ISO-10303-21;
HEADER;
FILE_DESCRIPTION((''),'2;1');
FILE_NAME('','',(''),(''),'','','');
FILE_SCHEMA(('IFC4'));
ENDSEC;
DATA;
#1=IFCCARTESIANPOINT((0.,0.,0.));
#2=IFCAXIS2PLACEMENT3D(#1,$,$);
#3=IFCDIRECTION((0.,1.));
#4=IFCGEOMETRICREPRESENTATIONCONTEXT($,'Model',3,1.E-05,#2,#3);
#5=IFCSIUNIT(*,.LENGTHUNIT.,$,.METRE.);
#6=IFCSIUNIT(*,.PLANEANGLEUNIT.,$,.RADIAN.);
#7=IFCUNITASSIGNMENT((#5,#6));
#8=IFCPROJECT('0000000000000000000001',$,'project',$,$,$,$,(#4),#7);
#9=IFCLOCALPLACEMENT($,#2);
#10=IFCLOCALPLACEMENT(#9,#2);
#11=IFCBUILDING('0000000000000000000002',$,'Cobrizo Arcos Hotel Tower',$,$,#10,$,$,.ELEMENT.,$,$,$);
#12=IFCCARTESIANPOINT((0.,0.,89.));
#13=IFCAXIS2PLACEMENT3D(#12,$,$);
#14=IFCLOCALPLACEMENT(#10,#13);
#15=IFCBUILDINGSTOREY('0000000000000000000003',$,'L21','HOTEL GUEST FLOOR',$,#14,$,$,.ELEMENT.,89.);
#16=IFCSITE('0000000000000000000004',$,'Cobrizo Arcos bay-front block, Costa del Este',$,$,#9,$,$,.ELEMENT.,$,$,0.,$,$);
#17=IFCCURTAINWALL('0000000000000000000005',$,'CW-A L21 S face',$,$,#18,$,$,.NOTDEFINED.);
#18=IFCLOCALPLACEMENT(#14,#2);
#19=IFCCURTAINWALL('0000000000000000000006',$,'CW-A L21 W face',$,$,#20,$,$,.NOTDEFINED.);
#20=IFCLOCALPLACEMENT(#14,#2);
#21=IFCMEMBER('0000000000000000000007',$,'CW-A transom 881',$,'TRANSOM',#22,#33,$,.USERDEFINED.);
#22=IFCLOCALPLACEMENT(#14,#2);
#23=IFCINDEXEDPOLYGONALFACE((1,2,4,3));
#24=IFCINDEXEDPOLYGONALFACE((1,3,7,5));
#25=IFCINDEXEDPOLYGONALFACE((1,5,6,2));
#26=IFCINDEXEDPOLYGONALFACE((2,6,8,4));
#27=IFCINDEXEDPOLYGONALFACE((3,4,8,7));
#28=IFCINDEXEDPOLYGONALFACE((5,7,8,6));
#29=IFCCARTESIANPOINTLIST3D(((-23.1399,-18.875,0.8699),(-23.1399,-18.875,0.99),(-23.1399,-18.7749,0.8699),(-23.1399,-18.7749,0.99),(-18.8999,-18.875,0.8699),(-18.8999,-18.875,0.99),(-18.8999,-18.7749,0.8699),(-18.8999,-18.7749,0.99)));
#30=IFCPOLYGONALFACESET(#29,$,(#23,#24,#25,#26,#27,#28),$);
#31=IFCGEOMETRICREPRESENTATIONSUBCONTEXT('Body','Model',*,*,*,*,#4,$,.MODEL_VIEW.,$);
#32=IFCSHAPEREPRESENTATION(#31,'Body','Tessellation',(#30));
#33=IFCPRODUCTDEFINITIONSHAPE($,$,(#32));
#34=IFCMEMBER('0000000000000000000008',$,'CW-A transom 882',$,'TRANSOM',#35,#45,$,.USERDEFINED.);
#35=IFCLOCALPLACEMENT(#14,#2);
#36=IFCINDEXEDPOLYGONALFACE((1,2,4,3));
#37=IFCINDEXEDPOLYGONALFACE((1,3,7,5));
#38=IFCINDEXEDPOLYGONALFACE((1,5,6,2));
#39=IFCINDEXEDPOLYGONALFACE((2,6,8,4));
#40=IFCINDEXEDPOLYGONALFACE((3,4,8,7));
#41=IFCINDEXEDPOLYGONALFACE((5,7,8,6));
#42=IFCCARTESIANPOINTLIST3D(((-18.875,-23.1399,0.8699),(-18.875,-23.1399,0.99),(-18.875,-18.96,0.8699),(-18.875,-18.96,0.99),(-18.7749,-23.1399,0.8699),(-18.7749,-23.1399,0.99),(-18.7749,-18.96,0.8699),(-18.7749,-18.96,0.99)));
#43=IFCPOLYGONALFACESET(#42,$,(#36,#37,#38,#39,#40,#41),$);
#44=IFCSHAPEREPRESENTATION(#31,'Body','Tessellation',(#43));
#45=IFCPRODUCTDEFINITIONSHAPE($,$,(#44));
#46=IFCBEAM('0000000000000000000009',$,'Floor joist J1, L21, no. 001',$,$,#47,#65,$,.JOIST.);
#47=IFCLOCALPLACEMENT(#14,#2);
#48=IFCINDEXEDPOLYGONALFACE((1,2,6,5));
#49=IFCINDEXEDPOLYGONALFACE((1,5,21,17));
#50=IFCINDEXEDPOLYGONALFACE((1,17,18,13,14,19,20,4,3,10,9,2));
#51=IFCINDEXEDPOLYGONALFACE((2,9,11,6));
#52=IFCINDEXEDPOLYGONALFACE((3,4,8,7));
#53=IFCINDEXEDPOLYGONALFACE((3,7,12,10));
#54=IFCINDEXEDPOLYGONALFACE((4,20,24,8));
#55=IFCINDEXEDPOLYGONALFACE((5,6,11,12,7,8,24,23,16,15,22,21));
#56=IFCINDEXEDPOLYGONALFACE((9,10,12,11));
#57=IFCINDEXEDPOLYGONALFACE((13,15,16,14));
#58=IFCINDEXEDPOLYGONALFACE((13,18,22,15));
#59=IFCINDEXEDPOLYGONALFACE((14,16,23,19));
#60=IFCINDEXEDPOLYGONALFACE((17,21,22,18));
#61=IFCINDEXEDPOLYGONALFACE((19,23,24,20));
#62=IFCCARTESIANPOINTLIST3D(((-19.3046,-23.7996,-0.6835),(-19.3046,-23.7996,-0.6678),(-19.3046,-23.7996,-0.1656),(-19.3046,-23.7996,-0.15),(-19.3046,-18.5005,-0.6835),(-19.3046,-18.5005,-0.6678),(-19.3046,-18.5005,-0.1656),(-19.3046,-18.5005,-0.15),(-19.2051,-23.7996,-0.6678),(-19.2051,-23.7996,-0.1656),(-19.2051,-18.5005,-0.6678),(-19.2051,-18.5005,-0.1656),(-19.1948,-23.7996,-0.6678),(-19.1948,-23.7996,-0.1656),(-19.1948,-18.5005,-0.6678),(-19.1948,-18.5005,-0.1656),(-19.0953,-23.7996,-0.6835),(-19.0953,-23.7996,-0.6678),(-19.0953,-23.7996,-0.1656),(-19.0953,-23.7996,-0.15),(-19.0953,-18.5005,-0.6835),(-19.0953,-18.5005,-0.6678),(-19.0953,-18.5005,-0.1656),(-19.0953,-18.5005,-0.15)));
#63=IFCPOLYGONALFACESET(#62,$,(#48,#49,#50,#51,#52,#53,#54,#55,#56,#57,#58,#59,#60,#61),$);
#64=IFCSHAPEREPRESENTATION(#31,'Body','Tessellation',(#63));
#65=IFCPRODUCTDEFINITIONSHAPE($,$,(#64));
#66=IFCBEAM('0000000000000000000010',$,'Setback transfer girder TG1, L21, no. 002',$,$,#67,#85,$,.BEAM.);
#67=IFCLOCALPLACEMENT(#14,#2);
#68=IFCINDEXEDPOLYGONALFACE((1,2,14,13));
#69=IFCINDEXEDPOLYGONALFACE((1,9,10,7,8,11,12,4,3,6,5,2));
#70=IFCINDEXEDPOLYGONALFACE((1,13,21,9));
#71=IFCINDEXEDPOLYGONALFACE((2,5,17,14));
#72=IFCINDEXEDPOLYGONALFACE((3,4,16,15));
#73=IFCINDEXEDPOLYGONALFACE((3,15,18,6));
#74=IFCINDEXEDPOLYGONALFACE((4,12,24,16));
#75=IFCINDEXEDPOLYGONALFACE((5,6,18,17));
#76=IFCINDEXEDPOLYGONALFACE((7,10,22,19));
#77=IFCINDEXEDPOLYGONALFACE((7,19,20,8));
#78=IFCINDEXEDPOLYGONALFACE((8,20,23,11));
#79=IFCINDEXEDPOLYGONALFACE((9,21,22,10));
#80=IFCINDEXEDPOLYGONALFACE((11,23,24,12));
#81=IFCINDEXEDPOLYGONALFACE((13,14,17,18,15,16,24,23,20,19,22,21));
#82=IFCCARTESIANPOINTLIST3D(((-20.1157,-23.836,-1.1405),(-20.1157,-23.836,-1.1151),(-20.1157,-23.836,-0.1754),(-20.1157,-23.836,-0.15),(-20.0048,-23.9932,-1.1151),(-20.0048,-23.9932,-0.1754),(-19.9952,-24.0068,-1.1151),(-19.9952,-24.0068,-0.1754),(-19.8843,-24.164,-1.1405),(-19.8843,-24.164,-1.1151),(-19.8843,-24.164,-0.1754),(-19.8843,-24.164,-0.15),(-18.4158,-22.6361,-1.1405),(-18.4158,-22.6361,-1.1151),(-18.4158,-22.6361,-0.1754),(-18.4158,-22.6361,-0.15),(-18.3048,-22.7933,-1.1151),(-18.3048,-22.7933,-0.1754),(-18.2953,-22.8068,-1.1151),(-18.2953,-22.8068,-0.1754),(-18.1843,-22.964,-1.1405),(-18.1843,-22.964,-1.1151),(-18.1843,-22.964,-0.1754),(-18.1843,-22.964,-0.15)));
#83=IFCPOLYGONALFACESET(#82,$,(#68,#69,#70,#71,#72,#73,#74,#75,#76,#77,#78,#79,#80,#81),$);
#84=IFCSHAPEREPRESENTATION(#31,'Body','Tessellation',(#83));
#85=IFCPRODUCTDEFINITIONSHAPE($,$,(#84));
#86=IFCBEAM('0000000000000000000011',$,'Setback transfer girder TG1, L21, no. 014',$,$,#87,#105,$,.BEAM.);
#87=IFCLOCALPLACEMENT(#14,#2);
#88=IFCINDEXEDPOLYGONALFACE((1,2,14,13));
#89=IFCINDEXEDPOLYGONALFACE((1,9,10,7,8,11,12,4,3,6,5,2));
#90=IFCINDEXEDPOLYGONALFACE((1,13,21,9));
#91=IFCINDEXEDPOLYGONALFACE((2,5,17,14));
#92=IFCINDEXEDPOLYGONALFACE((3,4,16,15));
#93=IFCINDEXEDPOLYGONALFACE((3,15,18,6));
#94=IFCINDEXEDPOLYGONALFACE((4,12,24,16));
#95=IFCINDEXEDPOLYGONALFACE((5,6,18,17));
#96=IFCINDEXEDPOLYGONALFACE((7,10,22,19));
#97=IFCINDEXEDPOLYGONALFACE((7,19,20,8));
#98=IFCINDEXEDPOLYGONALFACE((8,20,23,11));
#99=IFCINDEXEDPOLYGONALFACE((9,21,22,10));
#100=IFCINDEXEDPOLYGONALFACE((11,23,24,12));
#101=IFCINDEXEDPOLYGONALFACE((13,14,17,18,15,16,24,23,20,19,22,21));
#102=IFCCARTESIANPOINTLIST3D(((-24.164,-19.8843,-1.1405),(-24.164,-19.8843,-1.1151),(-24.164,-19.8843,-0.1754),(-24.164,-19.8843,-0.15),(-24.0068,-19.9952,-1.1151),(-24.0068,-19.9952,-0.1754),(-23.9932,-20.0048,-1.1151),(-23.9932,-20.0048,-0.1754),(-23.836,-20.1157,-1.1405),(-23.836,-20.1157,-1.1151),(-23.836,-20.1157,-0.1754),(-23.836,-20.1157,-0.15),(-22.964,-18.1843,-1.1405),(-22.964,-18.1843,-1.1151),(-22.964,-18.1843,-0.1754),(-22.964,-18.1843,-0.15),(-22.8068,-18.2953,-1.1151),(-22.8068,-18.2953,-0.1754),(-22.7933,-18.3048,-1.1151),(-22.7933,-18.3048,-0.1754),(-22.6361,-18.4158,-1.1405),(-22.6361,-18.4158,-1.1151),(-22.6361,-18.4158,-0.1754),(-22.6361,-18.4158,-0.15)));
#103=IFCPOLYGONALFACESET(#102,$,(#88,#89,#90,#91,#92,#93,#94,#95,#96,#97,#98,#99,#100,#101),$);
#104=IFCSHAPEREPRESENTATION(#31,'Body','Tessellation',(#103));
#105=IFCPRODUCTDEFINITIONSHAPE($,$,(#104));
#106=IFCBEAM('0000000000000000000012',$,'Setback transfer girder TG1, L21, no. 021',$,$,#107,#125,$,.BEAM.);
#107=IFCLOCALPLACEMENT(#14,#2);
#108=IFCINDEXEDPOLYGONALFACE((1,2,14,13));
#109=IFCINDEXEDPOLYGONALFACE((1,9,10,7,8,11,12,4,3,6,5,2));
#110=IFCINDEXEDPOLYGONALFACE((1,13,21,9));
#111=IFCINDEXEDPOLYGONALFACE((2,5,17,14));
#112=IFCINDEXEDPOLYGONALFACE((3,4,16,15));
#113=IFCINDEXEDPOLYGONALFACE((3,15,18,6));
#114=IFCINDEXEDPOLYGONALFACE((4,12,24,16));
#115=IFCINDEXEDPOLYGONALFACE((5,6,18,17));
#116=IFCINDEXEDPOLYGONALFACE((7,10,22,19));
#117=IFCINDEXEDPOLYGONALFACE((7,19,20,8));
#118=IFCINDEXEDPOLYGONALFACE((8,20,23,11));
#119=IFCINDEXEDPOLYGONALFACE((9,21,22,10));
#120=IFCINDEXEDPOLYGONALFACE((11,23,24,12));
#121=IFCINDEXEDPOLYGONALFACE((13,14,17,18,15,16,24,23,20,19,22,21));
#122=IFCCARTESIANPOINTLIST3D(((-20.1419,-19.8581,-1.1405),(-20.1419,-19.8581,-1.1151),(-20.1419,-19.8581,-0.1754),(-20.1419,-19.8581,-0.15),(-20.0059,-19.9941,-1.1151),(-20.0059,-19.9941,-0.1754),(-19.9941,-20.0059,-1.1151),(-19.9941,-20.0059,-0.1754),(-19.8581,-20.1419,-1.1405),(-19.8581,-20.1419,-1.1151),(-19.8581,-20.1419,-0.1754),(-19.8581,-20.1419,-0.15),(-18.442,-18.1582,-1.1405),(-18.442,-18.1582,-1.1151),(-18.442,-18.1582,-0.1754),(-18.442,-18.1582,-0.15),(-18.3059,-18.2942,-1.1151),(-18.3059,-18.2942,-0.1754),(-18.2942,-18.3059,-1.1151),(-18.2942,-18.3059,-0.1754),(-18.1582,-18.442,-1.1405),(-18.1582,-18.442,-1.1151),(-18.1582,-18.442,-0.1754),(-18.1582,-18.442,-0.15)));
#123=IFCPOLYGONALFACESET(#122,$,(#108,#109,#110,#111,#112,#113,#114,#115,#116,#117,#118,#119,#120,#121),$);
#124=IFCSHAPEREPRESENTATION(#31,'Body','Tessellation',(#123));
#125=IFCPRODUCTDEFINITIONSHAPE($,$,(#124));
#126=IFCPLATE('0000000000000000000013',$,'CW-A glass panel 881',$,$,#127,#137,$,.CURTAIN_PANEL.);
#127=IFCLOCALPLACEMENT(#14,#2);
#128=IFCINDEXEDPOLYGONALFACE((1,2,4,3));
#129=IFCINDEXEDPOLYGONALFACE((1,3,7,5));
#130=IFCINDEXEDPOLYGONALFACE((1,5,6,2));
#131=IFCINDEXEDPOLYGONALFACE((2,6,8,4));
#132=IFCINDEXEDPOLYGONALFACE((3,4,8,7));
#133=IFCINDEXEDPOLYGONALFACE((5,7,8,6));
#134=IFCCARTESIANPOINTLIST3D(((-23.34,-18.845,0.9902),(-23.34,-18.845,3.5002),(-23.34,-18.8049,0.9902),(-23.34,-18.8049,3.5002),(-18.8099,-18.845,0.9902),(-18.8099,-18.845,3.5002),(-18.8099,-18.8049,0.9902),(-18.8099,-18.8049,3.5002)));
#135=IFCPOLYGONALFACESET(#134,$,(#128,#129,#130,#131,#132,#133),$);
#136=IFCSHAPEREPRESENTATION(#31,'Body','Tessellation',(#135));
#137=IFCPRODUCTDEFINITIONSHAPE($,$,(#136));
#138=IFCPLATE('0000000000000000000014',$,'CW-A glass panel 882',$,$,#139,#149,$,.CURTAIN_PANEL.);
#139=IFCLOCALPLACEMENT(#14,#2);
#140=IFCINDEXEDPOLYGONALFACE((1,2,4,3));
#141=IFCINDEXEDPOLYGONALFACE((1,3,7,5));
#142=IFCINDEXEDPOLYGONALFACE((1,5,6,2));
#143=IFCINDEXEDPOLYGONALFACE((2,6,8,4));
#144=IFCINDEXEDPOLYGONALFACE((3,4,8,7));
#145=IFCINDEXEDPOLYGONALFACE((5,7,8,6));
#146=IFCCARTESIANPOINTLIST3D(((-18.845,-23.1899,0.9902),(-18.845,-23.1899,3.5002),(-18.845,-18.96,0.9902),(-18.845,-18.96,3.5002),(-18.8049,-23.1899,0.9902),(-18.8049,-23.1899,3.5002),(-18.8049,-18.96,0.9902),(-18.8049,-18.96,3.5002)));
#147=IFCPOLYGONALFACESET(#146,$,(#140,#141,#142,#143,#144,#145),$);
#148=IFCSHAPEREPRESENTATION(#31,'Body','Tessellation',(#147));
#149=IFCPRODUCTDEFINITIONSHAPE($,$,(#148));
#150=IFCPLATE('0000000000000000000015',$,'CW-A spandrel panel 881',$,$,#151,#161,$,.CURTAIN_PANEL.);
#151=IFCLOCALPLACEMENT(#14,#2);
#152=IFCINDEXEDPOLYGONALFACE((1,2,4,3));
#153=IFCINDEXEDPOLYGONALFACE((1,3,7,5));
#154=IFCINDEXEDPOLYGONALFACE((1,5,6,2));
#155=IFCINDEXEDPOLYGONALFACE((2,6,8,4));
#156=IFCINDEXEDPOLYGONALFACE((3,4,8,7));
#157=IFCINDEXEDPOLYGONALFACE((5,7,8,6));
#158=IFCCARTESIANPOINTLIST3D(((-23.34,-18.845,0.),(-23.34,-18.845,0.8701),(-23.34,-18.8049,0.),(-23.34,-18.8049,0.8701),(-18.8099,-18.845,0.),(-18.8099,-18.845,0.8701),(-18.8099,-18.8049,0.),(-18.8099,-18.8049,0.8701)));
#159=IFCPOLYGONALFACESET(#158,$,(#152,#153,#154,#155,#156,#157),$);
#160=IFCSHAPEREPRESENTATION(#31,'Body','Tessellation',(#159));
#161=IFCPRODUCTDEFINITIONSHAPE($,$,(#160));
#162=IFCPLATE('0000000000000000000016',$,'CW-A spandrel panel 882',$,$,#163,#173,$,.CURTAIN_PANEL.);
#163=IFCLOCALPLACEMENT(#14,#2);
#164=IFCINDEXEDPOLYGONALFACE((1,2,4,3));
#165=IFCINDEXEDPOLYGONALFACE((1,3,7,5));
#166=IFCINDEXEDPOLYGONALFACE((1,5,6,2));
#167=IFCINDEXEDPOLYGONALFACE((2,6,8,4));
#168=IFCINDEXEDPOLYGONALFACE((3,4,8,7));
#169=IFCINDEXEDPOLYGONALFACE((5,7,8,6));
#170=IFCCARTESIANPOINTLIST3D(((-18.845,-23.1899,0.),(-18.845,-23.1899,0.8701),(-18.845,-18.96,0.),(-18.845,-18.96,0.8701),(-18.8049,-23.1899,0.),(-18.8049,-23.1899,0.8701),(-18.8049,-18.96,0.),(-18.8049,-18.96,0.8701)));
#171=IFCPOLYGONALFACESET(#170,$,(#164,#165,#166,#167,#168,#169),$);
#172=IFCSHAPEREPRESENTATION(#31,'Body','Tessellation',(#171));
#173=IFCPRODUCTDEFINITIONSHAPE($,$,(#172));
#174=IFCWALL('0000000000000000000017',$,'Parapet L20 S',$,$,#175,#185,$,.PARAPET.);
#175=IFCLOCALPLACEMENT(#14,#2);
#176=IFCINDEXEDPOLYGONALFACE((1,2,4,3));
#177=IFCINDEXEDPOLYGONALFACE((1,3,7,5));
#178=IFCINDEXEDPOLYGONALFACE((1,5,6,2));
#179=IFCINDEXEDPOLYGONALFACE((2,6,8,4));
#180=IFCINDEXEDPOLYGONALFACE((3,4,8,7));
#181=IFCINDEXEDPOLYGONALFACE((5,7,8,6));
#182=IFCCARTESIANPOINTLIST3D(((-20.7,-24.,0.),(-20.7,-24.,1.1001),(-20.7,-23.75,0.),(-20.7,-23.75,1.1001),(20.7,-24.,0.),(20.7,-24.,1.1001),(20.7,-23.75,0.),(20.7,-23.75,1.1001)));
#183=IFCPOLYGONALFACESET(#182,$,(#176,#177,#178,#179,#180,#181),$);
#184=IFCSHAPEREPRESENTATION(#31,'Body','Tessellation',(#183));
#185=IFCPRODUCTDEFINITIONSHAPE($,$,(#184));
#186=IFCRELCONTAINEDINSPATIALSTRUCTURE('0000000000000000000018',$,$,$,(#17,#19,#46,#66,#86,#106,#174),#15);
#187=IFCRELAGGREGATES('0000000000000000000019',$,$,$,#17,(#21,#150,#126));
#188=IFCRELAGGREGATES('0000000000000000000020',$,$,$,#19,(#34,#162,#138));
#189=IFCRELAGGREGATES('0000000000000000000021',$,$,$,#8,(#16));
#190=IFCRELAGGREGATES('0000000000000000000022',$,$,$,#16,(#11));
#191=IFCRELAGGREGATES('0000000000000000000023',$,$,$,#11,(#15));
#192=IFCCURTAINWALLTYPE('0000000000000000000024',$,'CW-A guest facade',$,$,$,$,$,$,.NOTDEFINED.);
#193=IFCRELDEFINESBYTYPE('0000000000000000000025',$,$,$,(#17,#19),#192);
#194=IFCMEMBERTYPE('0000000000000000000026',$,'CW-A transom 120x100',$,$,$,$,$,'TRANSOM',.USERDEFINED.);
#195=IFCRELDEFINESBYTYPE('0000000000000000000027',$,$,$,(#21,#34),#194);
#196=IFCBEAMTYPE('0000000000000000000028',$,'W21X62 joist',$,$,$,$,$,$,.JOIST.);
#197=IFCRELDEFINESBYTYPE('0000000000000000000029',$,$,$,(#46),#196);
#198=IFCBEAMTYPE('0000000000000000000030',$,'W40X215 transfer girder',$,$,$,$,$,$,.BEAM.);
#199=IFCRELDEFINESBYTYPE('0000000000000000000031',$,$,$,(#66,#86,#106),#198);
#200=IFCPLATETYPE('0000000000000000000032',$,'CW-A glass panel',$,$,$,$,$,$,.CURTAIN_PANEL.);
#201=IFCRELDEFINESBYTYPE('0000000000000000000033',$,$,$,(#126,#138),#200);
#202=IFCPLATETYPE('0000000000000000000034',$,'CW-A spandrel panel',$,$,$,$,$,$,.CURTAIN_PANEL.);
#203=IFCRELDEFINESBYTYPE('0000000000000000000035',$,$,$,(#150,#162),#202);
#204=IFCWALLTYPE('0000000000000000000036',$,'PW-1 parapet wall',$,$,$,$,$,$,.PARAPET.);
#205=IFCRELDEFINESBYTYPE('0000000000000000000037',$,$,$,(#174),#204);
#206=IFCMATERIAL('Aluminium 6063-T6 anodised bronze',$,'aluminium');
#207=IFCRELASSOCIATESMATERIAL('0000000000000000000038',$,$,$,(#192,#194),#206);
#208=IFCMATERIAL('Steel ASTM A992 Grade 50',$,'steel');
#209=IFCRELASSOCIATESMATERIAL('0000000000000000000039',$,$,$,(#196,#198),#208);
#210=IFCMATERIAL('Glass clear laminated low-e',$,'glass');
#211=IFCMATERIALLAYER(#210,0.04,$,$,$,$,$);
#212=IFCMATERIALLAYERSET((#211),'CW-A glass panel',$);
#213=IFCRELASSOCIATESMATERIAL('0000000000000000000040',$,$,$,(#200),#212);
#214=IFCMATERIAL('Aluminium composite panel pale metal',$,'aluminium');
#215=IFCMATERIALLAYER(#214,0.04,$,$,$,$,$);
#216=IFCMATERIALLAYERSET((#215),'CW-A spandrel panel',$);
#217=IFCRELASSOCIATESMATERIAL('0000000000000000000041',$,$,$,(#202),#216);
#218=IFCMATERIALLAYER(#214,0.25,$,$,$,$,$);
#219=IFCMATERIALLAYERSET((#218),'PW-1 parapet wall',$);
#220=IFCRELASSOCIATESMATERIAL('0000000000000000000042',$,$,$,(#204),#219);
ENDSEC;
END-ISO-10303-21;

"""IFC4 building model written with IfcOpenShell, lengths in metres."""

from ifc_helpers import new_model, si_unit, direction, frame, frame_2d, origin, origin_2d, place, context, subcontext, project, spatial, rectangle, i_section, extrude, material, layer, layer_set, material_profile, profile_set, type_object, element, aggregate, save


model = new_model("IFC4")

# Units and contexts
model_context = context("Model", 3, precision=1e-05, world=origin(), true_north=direction((0.0, 1.0)))
body_context = subcontext(model_context, "Body", "Model", "MODEL_VIEW")
ifc_project = project(units=[si_unit("LENGTHUNIT", "METRE"), si_unit("PLANEANGLEUNIT", "RADIAN")], contexts=[model_context])

# Site, building, storey
site_placement = place(None, origin())
site = spatial("IfcSite", under=ifc_project, at=site_placement, Name="Cobrizo Arcos bay-front block, Costa del Este", CompositionType="ELEMENT", RefElevation=0.0)
building_placement = place(site_placement, origin())
building = spatial("IfcBuilding", under=site, at=building_placement, Name="Cobrizo Arcos Hotel Tower", CompositionType="ELEMENT")
storey_placement = place(building_placement, frame((0.0, 0.0, 89.0)))
storey = spatial("IfcBuildingStorey", under=building, at=storey_placement, Name="L21", Description="HOTEL GUEST FLOOR", CompositionType="ELEMENT", Elevation=89.0)

# Shared definitions
ifc_material_1 = material(Name="Aluminium 6063-T6 anodised bronze", Category="aluminium")
curtain_wall_type = type_object("IfcCurtainWallType", Name="CW-A guest facade", PredefinedType="NOTDEFINED", material=ifc_material_1)

# Curtain walls
curtain_wall_1_placement = place(storey_placement, origin())
curtain_wall_1 = element("IfcCurtainWall", 1, at=curtain_wall_1_placement, inside=storey, type_object=curtain_wall_type, Name="CW-A L21 S face", PredefinedType="NOTDEFINED")
curtain_wall_2_placement = place(storey_placement, origin())
curtain_wall_2 = element("IfcCurtainWall", 2, at=curtain_wall_2_placement, inside=storey, type_object=curtain_wall_type, Name="CW-A L21 W face", PredefinedType="NOTDEFINED")

# Members
ifc_material_profile_1 = material_profile(ifc_material_1, rectangle(XDim=0.1001, YDim=0.1201, at=origin_2d()), Name="CW-A transom 120x100")
ifc_profile_set_1 = profile_set([ifc_material_profile_1], Name="Aluminium 6063-T6 anodised bronze")
member_type_1 = type_object("IfcMemberType", Name="CW-A transom 120x100", ElementType="TRANSOM", PredefinedType="USERDEFINED", material=ifc_profile_set_1)
member_1_placement = place(storey_placement, frame((-23.1399, -18.825, 0.9299), z_axis=(1.0, 0.0, 0.0), x_axis=(0.0, 1.0, 0.0)))
member_1 = element("IfcMember", 3, at=member_1_placement, type_object=member_type_1, Name="CW-A transom 881", ObjectType="TRANSOM", PredefinedType="USERDEFINED", context=body_context, shape_type="SweptSolid", body=[
    extrude(rectangle(XDim=0.1001, YDim=0.1201, at=origin_2d()), origin(), (0.0, 0.0, 1.0), 4.24),
])
member_2_placement = place(storey_placement, frame((-18.825, -18.96, 0.9299), z_axis=(0.0, -1.0, 0.0), x_axis=(1.0, 0.0, 0.0)))
member_2 = element("IfcMember", 4, at=member_2_placement, type_object=member_type_1, Name="CW-A transom 882", ObjectType="TRANSOM", PredefinedType="USERDEFINED", context=body_context, shape_type="SweptSolid", body=[
    extrude(rectangle(XDim=0.1001, YDim=0.1201, at=origin_2d()), origin(), (0.0, 0.0, 1.0), 4.1799),
])

# Beams
ifc_material_2 = material(Name="Steel ASTM A992 Grade 50", Category="steel")
ifc_material_profile_2 = material_profile(ifc_material_2, i_section(OverallWidth=0.2092, OverallDepth=0.5334, WebThickness=0.0103, FlangeThickness=0.0156, at=origin_2d()), Name="W21X62")
ifc_profile_set_2 = profile_set([ifc_material_profile_2], Name="Steel ASTM A992 Grade 50")
beam_type_1 = type_object("IfcBeamType", Name="W21X62 joist", PredefinedType="JOIST", material=ifc_profile_set_2)
beam_1_placement = place(storey_placement, frame((-19.2, -23.7996, -0.4167), z_axis=(0.0, 1.0, 0.0), x_axis=(-1.0, 0.0, 0.0)))
element("IfcBeam", 5, at=beam_1_placement, inside=storey, type_object=beam_type_1, Name="Floor joist J1, L21, no. 001", PredefinedType="JOIST", context=body_context, shape_type="SweptSolid", body=[
    extrude(i_section(OverallWidth=0.2092, OverallDepth=0.5334, WebThickness=0.0103, FlangeThickness=0.0156, at=origin_2d()), origin(), (0.0, 0.0, 1.0), 5.2991),
])
ifc_material_profile_3 = material_profile(ifc_material_2, i_section(OverallWidth=0.4014, OverallDepth=0.9905, WebThickness=0.0166, FlangeThickness=0.0254, at=origin_2d()), Name="W40X215")
ifc_profile_set_3 = profile_set([ifc_material_profile_3], Name="Steel ASTM A992 Grade 50")
beam_type_2 = type_object("IfcBeamType", Name="W40X215 transfer girder", PredefinedType="BEAM", material=ifc_profile_set_3)
for number, where, z_axis, x_axis, name in (
    (6, (-20.0, -24.0, -0.6453), (0.816971, 0.576679, 0.0), (-0.576679, 0.816971, 0.0), "Setback transfer girder TG1, L21, no. 002"),
    (7, (-24.0, -20.0, -0.6453), (0.576679, 0.816971, 0.0), (-0.816971, 0.576679, 0.0), "Setback transfer girder TG1, L21, no. 014"),
):
    element("IfcBeam", number, at=place(storey_placement, frame(where, z_axis=z_axis, x_axis=x_axis)), inside=storey, type_object=beam_type_2, Name=name, PredefinedType="BEAM", context=body_context, shape_type="SweptSolid", body=[
        extrude(i_section(OverallWidth=0.4014, OverallDepth=0.9905, WebThickness=0.0166, FlangeThickness=0.0254, at=origin_2d()), origin(), (0.0, 0.0, 1.0), 2.0808),
    ])
beam_2_placement = place(storey_placement, frame((-20.0, -20.0, -0.6453), z_axis=(0.707107, 0.707107, 0.0), x_axis=(-0.707107, 0.707107, 0.0)))
element("IfcBeam", 8, at=beam_2_placement, inside=storey, type_object=beam_type_2, Name="Setback transfer girder TG1, L21, no. 021", PredefinedType="BEAM", context=body_context, shape_type="SweptSolid", body=[
    extrude(i_section(OverallWidth=0.4014, OverallDepth=0.9905, WebThickness=0.0166, FlangeThickness=0.0254, at=origin_2d()), origin(), (0.0, 0.0, 1.0), 2.4041),
])

# Plates
ifc_material_3 = material(Name="Glass clear laminated low-e", Category="glass")
ifc_layer_1 = layer(ifc_material_3, 0.04)
ifc_layer_set_1 = layer_set([ifc_layer_1], Name="CW-A glass panel")
plate_type_1 = type_object("IfcPlateType", Name="CW-A glass panel", PredefinedType="CURTAIN_PANEL", material=ifc_layer_set_1)
plate_1_placement = place(storey_placement, frame((-21.075, -18.825, 0.9902), z_axis=(0.0, 0.0, 1.0), x_axis=(1.0, 0.0, 0.0)))
plate_1 = element("IfcPlate", 9, at=plate_1_placement, type_object=plate_type_1, Name="CW-A glass panel 881", PredefinedType="CURTAIN_PANEL", context=body_context, shape_type="SweptSolid", body=[
    extrude(rectangle(XDim=4.53, YDim=0.04, at=origin_2d()), origin(), (0.0, 0.0, 1.0), 2.51),
])
plate_2_placement = place(storey_placement, frame((-18.825, -21.075, 0.9902), z_axis=(0.0, 0.0, 1.0), x_axis=(0.0, -1.0, 0.0)))
plate_2 = element("IfcPlate", 10, at=plate_2_placement, type_object=plate_type_1, Name="CW-A glass panel 882", PredefinedType="CURTAIN_PANEL", context=body_context, shape_type="SweptSolid", body=[
    extrude(rectangle(XDim=4.23, YDim=0.04, at=origin_2d()), origin(), (0.0, 0.0, 1.0), 2.51),
])
ifc_material_4 = material(Name="Aluminium composite panel pale metal", Category="aluminium")
ifc_layer_2 = layer(ifc_material_4, 0.04)
ifc_layer_set_2 = layer_set([ifc_layer_2], Name="CW-A spandrel panel")
plate_type_2 = type_object("IfcPlateType", Name="CW-A spandrel panel", PredefinedType="CURTAIN_PANEL", material=ifc_layer_set_2)
plate_3_placement = place(storey_placement, frame((-21.075, -18.825, 0.0), z_axis=(0.0, 0.0, 1.0), x_axis=(1.0, 0.0, 0.0)))
plate_3 = element("IfcPlate", 11, at=plate_3_placement, type_object=plate_type_2, Name="CW-A spandrel panel 881", PredefinedType="CURTAIN_PANEL", context=body_context, shape_type="SweptSolid", body=[
    extrude(rectangle(XDim=4.53, YDim=0.04, at=origin_2d()), origin(), (0.0, 0.0, 1.0), 0.8701),
])
aggregate(curtain_wall_1, [member_1, plate_3, plate_1])
plate_4_placement = place(storey_placement, frame((-18.825, -21.075, 0.0), z_axis=(0.0, 0.0, 1.0), x_axis=(0.0, -1.0, 0.0)))
plate_4 = element("IfcPlate", 12, at=plate_4_placement, type_object=plate_type_2, Name="CW-A spandrel panel 882", PredefinedType="CURTAIN_PANEL", context=body_context, shape_type="SweptSolid", body=[
    extrude(rectangle(XDim=4.23, YDim=0.04, at=origin_2d()), origin(), (0.0, 0.0, 1.0), 0.8701),
])
aggregate(curtain_wall_2, [member_2, plate_4, plate_2])

# Wall
ifc_layer_3 = layer(ifc_material_4, 0.25)
ifc_layer_set_3 = layer_set([ifc_layer_3], Name="PW-1 parapet wall")
wall_type_1 = type_object("IfcWallType", Name="PW-1 parapet wall", PredefinedType="PARAPET", material=ifc_layer_set_3)
wall_1_placement = place(storey_placement, frame((-20.7, -23.875, 0.0), z_axis=(0.0, 0.0, 1.0), x_axis=(1.0, 0.0, 0.0)))
element("IfcWall", 13, at=wall_1_placement, inside=storey, type_object=wall_type_1, Name="Parapet L20 S", PredefinedType="PARAPET", context=body_context, shape_type="SweptSolid", body=[
    extrude(rectangle(XDim=41.3999, YDim=0.25, at=frame_2d((20.7, 0.0))), origin(), (0.0, 0.0, 1.0), 1.1001),
])

save(model, "model.ifc")
